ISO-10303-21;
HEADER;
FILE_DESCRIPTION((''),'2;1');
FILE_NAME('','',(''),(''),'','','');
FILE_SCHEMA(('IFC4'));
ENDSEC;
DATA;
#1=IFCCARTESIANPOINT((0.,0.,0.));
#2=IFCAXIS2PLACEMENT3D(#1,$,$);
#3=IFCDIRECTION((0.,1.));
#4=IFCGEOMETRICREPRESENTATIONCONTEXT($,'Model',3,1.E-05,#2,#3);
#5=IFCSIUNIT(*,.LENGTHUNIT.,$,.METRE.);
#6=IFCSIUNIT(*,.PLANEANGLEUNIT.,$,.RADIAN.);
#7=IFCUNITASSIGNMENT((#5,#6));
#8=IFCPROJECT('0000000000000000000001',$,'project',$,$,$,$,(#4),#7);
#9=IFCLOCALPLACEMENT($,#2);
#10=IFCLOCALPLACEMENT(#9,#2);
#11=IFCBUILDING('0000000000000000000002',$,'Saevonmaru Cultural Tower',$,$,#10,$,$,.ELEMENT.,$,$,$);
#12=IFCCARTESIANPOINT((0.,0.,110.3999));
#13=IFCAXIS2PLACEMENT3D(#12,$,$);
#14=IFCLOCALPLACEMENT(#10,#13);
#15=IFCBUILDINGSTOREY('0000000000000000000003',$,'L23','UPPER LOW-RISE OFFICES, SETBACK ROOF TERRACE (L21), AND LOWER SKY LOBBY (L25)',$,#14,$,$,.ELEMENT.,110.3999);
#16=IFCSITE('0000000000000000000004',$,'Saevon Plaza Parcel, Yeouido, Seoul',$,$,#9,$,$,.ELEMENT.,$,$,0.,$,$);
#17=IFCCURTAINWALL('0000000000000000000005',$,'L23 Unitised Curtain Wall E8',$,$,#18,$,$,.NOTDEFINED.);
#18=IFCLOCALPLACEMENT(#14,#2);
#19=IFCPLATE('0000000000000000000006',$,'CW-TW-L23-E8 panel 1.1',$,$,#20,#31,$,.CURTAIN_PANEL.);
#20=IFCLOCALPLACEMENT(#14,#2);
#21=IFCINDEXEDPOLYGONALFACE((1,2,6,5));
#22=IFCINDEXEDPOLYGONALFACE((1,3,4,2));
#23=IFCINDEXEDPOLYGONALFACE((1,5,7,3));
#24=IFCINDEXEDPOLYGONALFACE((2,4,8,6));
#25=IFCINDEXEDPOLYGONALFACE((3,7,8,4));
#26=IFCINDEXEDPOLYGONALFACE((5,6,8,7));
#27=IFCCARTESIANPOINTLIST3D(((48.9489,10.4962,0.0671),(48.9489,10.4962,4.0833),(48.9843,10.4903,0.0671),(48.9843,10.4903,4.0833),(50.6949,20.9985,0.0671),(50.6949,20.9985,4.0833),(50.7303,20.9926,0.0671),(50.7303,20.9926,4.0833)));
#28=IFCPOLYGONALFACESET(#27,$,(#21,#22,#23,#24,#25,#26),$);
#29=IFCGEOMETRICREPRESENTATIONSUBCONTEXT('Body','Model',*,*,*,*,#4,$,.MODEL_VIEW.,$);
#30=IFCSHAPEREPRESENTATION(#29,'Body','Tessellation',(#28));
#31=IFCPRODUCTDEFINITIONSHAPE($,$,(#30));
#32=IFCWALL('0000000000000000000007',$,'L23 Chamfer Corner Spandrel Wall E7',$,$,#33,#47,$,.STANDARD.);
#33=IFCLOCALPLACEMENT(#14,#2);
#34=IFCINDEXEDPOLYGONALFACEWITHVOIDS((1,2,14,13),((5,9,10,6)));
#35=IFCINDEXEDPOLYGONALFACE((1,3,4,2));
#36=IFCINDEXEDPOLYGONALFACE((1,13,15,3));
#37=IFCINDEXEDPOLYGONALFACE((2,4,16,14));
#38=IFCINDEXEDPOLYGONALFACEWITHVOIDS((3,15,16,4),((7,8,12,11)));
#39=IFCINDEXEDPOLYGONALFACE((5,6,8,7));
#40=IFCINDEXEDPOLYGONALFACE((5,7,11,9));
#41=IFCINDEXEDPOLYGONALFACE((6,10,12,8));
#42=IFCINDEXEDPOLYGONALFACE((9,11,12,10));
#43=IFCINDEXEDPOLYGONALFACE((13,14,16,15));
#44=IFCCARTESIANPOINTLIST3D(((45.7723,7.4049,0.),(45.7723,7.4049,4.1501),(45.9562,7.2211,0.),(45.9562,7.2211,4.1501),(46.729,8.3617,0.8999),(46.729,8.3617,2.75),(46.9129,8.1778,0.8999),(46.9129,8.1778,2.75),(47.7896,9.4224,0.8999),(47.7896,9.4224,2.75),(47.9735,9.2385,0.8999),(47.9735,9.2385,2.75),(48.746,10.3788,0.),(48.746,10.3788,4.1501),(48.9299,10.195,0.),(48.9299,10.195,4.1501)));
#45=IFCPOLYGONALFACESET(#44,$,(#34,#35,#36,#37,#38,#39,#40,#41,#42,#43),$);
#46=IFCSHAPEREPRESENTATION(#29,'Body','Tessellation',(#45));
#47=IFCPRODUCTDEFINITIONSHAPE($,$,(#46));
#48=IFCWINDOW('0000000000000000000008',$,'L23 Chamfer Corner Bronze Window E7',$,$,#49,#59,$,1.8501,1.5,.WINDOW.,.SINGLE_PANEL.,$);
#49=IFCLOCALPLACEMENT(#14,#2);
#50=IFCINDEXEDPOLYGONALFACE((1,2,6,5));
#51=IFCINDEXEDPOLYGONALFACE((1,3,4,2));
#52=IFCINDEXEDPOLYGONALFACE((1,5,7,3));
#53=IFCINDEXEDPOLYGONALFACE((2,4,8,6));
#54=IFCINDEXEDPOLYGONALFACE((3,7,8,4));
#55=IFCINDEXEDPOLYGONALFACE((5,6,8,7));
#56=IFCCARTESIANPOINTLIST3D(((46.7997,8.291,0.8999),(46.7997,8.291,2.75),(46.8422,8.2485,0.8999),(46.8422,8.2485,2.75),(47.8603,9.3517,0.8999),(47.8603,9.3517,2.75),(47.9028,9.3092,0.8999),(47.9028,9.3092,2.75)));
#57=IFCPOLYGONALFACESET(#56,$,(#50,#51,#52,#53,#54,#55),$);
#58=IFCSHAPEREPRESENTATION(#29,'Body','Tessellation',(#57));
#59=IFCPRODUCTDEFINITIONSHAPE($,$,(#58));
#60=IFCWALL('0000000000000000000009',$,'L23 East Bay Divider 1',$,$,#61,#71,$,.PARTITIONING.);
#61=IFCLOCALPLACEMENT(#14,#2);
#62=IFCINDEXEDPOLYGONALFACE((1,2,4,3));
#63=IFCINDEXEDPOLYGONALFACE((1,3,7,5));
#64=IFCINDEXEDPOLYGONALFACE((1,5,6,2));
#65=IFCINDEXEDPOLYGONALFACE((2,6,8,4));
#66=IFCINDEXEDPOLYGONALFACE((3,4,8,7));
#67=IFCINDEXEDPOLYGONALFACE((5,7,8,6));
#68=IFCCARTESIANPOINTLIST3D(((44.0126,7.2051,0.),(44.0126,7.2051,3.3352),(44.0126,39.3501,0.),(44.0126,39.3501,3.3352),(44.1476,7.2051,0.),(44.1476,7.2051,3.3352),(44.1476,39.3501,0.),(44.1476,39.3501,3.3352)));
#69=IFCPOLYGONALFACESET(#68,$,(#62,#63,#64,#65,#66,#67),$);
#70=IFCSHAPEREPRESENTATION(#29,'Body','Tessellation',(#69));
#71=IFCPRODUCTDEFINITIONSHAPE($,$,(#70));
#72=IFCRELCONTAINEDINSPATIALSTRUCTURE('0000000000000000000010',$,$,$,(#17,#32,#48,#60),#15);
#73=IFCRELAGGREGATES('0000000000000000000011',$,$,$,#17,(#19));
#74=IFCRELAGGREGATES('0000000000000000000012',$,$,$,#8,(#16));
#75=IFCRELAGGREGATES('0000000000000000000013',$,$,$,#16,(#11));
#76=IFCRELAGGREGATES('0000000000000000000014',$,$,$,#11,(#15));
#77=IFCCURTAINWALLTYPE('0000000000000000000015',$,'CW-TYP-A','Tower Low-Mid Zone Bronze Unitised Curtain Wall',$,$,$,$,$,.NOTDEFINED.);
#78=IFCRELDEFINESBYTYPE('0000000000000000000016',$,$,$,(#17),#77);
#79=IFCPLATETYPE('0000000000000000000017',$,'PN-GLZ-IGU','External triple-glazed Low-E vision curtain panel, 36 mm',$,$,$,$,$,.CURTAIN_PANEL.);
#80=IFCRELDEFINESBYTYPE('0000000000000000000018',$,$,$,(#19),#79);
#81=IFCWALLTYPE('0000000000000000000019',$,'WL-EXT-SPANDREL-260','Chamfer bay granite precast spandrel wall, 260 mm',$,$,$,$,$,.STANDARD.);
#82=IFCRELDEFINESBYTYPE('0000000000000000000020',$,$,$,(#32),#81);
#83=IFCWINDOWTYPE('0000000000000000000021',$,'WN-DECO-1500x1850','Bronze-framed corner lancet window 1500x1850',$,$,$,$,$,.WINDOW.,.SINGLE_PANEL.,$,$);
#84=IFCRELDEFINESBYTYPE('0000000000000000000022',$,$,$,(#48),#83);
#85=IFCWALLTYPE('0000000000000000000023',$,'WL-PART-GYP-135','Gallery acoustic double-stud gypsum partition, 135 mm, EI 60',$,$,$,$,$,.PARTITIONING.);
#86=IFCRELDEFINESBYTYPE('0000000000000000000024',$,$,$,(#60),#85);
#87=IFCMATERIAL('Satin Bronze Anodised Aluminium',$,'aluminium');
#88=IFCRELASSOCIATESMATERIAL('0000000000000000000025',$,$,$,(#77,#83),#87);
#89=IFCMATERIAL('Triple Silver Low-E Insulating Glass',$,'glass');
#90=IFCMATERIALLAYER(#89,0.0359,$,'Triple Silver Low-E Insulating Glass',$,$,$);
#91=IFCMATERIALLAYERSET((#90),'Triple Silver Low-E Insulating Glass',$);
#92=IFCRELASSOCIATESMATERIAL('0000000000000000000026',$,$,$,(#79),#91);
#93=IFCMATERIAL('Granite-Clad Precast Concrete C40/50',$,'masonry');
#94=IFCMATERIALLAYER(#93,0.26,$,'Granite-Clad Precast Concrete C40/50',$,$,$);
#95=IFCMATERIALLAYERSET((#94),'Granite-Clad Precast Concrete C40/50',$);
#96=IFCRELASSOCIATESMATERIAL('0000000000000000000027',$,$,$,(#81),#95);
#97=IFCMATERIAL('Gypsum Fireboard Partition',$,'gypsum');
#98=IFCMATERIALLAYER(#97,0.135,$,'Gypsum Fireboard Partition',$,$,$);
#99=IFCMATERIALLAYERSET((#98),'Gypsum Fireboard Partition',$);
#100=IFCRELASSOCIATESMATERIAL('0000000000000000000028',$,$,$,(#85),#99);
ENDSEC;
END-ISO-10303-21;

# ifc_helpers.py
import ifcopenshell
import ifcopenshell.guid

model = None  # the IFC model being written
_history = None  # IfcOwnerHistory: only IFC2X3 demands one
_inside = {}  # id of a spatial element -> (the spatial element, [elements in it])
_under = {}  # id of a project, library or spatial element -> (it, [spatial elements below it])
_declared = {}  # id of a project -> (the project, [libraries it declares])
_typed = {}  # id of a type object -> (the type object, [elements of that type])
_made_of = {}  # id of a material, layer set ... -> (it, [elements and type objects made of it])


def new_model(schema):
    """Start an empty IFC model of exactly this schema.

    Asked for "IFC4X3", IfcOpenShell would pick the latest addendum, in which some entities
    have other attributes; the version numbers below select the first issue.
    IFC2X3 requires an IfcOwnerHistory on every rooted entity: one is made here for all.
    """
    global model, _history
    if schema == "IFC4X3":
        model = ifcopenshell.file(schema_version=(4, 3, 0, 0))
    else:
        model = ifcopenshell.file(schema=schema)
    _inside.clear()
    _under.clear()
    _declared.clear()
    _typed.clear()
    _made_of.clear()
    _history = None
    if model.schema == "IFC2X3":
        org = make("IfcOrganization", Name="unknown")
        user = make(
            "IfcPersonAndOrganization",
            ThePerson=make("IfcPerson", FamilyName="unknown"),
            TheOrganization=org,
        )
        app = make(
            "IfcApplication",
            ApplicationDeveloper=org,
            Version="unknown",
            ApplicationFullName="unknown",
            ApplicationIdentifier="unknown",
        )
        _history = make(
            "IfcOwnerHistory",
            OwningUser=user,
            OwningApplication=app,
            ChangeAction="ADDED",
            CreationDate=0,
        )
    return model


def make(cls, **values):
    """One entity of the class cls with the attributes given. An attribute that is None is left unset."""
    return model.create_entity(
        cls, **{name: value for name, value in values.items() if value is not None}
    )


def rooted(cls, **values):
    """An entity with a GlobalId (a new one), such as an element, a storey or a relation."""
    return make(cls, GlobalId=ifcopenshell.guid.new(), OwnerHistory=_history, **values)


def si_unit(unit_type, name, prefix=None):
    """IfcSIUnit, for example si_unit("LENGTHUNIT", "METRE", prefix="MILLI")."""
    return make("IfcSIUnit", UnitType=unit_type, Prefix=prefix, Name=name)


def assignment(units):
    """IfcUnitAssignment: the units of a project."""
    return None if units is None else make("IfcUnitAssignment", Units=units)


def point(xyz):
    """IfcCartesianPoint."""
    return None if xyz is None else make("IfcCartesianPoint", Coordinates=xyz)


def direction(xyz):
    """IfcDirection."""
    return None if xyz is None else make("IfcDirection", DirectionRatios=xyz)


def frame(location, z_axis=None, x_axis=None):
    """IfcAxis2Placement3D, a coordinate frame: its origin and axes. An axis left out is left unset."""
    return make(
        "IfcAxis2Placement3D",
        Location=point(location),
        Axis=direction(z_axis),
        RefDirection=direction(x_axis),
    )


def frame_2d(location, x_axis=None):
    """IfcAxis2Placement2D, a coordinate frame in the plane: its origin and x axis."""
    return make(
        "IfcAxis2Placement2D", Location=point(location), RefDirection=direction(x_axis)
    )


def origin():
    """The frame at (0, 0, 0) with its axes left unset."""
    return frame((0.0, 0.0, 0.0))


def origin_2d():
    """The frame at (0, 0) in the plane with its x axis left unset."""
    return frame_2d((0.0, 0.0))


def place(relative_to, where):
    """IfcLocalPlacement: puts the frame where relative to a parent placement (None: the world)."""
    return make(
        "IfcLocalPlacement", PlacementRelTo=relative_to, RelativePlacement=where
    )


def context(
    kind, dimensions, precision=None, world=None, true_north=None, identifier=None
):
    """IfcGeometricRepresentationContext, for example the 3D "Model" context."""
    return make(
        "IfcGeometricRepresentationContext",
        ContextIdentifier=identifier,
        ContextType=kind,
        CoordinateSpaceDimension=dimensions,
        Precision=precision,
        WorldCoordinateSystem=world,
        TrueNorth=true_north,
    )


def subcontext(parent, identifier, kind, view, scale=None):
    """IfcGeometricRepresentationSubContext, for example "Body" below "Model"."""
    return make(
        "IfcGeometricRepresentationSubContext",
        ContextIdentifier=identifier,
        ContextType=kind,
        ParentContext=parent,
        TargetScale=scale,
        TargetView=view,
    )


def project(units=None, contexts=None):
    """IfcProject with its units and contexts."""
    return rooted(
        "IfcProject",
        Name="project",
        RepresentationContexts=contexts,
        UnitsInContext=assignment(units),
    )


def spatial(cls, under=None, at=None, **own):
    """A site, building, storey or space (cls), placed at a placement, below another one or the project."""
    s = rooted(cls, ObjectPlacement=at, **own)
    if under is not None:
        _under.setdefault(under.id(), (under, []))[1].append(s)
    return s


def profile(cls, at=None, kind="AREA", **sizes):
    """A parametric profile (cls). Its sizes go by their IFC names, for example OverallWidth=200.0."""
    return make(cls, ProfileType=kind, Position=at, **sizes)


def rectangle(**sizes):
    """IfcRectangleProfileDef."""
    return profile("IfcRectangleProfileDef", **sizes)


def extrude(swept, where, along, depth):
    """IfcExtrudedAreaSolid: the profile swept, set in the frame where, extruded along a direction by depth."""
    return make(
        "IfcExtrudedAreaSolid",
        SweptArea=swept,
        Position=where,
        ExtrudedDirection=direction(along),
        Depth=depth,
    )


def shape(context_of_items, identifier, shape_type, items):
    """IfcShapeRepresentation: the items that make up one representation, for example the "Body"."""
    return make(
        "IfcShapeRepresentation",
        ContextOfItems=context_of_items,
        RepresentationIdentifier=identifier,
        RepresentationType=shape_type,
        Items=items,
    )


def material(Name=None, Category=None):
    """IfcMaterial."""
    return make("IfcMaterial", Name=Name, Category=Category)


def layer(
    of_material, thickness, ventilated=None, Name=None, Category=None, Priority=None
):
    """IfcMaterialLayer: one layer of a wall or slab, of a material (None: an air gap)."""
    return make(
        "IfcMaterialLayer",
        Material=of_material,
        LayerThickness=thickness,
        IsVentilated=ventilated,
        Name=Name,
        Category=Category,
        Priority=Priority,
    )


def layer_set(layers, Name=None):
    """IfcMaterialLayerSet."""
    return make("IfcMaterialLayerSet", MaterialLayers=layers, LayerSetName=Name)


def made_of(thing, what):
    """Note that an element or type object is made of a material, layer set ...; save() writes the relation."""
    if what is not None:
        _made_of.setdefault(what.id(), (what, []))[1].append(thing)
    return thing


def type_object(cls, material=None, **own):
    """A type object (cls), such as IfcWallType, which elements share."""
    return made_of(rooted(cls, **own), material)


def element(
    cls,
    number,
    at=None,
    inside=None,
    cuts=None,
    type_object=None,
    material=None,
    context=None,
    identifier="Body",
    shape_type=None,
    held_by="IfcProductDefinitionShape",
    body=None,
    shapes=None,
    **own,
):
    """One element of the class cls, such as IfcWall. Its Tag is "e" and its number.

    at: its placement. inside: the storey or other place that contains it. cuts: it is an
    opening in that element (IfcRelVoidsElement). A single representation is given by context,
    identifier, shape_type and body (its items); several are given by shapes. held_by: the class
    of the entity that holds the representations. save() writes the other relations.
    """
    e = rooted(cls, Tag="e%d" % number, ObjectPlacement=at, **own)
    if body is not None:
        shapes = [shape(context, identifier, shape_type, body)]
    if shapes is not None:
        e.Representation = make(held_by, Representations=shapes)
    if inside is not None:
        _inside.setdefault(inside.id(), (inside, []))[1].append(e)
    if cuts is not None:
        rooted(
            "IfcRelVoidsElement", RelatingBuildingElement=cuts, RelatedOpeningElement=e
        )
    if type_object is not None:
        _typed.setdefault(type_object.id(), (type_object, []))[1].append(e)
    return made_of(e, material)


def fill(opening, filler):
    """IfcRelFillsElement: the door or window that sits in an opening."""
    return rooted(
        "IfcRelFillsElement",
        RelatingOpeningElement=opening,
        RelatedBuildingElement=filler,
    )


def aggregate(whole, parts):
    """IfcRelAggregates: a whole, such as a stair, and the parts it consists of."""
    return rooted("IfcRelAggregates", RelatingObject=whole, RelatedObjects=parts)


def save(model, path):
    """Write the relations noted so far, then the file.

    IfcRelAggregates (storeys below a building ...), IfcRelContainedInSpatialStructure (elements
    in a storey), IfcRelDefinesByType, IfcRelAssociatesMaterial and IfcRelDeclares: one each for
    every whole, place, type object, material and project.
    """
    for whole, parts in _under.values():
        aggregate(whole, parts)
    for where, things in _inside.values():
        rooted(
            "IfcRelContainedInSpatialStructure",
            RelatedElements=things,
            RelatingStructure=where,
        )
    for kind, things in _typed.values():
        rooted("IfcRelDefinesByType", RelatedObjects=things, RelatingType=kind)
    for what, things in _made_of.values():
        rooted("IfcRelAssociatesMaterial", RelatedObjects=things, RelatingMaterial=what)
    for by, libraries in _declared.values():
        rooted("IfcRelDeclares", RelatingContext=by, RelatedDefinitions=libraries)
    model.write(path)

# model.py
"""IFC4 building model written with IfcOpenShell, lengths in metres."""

from ifc_helpers import new_model, si_unit, direction, frame, frame_2d, origin, origin_2d, place, context, subcontext, project, spatial, rectangle, extrude, material, layer, layer_set, type_object, element, fill, aggregate, save


model = new_model("IFC4")

# Units and contexts
model_context = context("Model", 3, precision=1e-05, world=origin(), true_north=direction((0.0, 1.0)))
body_context = subcontext(model_context, "Body", "Model", "MODEL_VIEW")
ifc_project = project(units=[si_unit("LENGTHUNIT", "METRE"), si_unit("PLANEANGLEUNIT", "RADIAN")], contexts=[model_context])

# Site, building, storey
site_placement = place(None, origin())
site = spatial("IfcSite", under=ifc_project, at=site_placement, Name="Saevon Plaza Parcel, Yeouido, Seoul", CompositionType="ELEMENT", RefElevation=0.0)
building_placement = place(site_placement, origin())
building = spatial("IfcBuilding", under=site, at=building_placement, Name="Saevonmaru Cultural Tower", CompositionType="ELEMENT")
storey_placement = place(building_placement, frame((0.0, 0.0, 110.3999)))
storey = spatial("IfcBuildingStorey", under=building, at=storey_placement, Name="L23", Description="UPPER LOW-RISE OFFICES, SETBACK ROOF TERRACE (L21), AND LOWER SKY LOBBY (L25)", CompositionType="ELEMENT", Elevation=110.3999)

# Shared definitions
ifc_material_1 = material(Name="Satin Bronze Anodised Aluminium", Category="aluminium")
curtain_wall_type = type_object("IfcCurtainWallType", Name="CW-TYP-A", Description="Tower Low-Mid Zone Bronze Unitised Curtain Wall", PredefinedType="NOTDEFINED", material=ifc_material_1)

# Curtain wall
curtain_wall_1_placement = place(storey_placement, origin())
curtain_wall_1 = element("IfcCurtainWall", 1, at=curtain_wall_1_placement, inside=storey, type_object=curtain_wall_type, Name="L23 Unitised Curtain Wall E8", PredefinedType="NOTDEFINED")

# Plate
ifc_material_2 = material(Name="Triple Silver Low-E Insulating Glass", Category="glass")
ifc_layer_1 = layer(ifc_material_2, 0.0359, Name="Triple Silver Low-E Insulating Glass")
ifc_layer_set_1 = layer_set([ifc_layer_1], Name="Triple Silver Low-E Insulating Glass")
plate_type = type_object("IfcPlateType", Name="PN-GLZ-IGU", Description="External triple-glazed Low-E vision curtain panel, 36 mm", PredefinedType="CURTAIN_PANEL", material=ifc_layer_set_1)
plate_1_placement = place(storey_placement, frame((49.8396, 15.7444, 0.0671), z_axis=(0.0, 0.0, 1.0), x_axis=(0.163999, 0.986461, 0.0)))
plate_1 = element("IfcPlate", 2, at=plate_1_placement, type_object=plate_type, Name="CW-TW-L23-E8 panel 1.1", PredefinedType="CURTAIN_PANEL", context=body_context, shape_type="SweptSolid", body=[
    extrude(rectangle(XDim=10.6465, YDim=0.0359, at=origin_2d()), origin(), (0.0, 0.0, 1.0), 4.0161),
])
aggregate(curtain_wall_1, [plate_1])

# Wall, opening, window
ifc_material_3 = material(Name="Granite-Clad Precast Concrete C40/50", Category="masonry")
ifc_layer_2 = layer(ifc_material_3, 0.26, Name="Granite-Clad Precast Concrete C40/50")
ifc_layer_set_2 = layer_set([ifc_layer_2], Name="Granite-Clad Precast Concrete C40/50")
wall_type_1 = type_object("IfcWallType", Name="WL-EXT-SPANDREL-260", Description="Chamfer bay granite precast spandrel wall, 260 mm", PredefinedType="STANDARD", material=ifc_layer_set_2)
wall_1_placement = place(storey_placement, frame((45.8643, 7.313, 0.0), z_axis=(0.0, 0.0, 1.0), x_axis=(0.707078, 0.707136, 0.0)))
wall_1 = element("IfcWall", 3, at=wall_1_placement, inside=storey, type_object=wall_type_1, Name="L23 Chamfer Corner Spandrel Wall E7", PredefinedType="STANDARD", context=body_context, shape_type="SweptSolid", body=[
    extrude(rectangle(XDim=4.2056, YDim=0.26, at=frame_2d((2.1028, 0.0))), origin(), (0.0, 0.0, 1.0), 4.1501),
])
opening_placement = place(wall_1_placement, frame((1.353, 0.0, 0.8999)))
opening = element("IfcOpeningElement", 4, at=opening_placement, cuts=wall_1, PredefinedType="OPENING", context=body_context, shape_type="SweptSolid", body=[
    extrude(rectangle(XDim=1.5, YDim=1.8501, at=frame_2d((0.75, 0.925))), frame((0.0, 0.1401, 0.0), z_axis=(0.0, -1.0, 0.0), x_axis=(1.0, 0.0, 0.0)), (0.0, 0.0, 1.0), 0.28),
])
window_type = type_object("IfcWindowType", Name="WN-DECO-1500x1850", Description="Bronze-framed corner lancet window 1500x1850", PartitioningType="SINGLE_PANEL", PredefinedType="WINDOW", material=ifc_material_1)
window_placement = place(opening_placement, origin())
window = element("IfcWindow", 5, at=window_placement, inside=storey, type_object=window_type, Name="L23 Chamfer Corner Bronze Window E7", OverallHeight=1.8501, OverallWidth=1.5, PartitioningType="SINGLE_PANEL", PredefinedType="WINDOW", context=body_context, shape_type="SweptSolid", body=[
    extrude(rectangle(XDim=1.5, YDim=1.8501, at=frame_2d((0.75, 0.925))), frame((0.0, 0.03, 0.0), z_axis=(0.0, -1.0, 0.0), x_axis=(1.0, 0.0, 0.0)), (0.0, 0.0, 1.0), 0.0601),
])
fill(opening, window)

# Wall
ifc_material_4 = material(Name="Gypsum Fireboard Partition", Category="gypsum")
ifc_layer_3 = layer(ifc_material_4, 0.135, Name="Gypsum Fireboard Partition")
ifc_layer_set_3 = layer_set([ifc_layer_3], Name="Gypsum Fireboard Partition")
wall_type_2 = type_object("IfcWallType", Name="WL-PART-GYP-135", Description="Gallery acoustic double-stud gypsum partition, 135 mm, EI 60", PredefinedType="PARTITIONING", material=ifc_layer_set_3)
wall_2_placement = place(storey_placement, frame((44.0801, 7.2051, 0.0), z_axis=(0.0, 0.0, 1.0), x_axis=(0.0, 1.0, 0.0)))
element("IfcWall", 6, at=wall_2_placement, inside=storey, type_object=wall_type_2, Name="L23 East Bay Divider 1", PredefinedType="PARTITIONING", context=body_context, shape_type="SweptSolid", body=[
    extrude(rectangle(XDim=32.145, YDim=0.135, at=frame_2d((16.0725, 0.0))), origin(), (0.0, 0.0, 1.0), 3.3352),
])

save(model, "model.ifc")
